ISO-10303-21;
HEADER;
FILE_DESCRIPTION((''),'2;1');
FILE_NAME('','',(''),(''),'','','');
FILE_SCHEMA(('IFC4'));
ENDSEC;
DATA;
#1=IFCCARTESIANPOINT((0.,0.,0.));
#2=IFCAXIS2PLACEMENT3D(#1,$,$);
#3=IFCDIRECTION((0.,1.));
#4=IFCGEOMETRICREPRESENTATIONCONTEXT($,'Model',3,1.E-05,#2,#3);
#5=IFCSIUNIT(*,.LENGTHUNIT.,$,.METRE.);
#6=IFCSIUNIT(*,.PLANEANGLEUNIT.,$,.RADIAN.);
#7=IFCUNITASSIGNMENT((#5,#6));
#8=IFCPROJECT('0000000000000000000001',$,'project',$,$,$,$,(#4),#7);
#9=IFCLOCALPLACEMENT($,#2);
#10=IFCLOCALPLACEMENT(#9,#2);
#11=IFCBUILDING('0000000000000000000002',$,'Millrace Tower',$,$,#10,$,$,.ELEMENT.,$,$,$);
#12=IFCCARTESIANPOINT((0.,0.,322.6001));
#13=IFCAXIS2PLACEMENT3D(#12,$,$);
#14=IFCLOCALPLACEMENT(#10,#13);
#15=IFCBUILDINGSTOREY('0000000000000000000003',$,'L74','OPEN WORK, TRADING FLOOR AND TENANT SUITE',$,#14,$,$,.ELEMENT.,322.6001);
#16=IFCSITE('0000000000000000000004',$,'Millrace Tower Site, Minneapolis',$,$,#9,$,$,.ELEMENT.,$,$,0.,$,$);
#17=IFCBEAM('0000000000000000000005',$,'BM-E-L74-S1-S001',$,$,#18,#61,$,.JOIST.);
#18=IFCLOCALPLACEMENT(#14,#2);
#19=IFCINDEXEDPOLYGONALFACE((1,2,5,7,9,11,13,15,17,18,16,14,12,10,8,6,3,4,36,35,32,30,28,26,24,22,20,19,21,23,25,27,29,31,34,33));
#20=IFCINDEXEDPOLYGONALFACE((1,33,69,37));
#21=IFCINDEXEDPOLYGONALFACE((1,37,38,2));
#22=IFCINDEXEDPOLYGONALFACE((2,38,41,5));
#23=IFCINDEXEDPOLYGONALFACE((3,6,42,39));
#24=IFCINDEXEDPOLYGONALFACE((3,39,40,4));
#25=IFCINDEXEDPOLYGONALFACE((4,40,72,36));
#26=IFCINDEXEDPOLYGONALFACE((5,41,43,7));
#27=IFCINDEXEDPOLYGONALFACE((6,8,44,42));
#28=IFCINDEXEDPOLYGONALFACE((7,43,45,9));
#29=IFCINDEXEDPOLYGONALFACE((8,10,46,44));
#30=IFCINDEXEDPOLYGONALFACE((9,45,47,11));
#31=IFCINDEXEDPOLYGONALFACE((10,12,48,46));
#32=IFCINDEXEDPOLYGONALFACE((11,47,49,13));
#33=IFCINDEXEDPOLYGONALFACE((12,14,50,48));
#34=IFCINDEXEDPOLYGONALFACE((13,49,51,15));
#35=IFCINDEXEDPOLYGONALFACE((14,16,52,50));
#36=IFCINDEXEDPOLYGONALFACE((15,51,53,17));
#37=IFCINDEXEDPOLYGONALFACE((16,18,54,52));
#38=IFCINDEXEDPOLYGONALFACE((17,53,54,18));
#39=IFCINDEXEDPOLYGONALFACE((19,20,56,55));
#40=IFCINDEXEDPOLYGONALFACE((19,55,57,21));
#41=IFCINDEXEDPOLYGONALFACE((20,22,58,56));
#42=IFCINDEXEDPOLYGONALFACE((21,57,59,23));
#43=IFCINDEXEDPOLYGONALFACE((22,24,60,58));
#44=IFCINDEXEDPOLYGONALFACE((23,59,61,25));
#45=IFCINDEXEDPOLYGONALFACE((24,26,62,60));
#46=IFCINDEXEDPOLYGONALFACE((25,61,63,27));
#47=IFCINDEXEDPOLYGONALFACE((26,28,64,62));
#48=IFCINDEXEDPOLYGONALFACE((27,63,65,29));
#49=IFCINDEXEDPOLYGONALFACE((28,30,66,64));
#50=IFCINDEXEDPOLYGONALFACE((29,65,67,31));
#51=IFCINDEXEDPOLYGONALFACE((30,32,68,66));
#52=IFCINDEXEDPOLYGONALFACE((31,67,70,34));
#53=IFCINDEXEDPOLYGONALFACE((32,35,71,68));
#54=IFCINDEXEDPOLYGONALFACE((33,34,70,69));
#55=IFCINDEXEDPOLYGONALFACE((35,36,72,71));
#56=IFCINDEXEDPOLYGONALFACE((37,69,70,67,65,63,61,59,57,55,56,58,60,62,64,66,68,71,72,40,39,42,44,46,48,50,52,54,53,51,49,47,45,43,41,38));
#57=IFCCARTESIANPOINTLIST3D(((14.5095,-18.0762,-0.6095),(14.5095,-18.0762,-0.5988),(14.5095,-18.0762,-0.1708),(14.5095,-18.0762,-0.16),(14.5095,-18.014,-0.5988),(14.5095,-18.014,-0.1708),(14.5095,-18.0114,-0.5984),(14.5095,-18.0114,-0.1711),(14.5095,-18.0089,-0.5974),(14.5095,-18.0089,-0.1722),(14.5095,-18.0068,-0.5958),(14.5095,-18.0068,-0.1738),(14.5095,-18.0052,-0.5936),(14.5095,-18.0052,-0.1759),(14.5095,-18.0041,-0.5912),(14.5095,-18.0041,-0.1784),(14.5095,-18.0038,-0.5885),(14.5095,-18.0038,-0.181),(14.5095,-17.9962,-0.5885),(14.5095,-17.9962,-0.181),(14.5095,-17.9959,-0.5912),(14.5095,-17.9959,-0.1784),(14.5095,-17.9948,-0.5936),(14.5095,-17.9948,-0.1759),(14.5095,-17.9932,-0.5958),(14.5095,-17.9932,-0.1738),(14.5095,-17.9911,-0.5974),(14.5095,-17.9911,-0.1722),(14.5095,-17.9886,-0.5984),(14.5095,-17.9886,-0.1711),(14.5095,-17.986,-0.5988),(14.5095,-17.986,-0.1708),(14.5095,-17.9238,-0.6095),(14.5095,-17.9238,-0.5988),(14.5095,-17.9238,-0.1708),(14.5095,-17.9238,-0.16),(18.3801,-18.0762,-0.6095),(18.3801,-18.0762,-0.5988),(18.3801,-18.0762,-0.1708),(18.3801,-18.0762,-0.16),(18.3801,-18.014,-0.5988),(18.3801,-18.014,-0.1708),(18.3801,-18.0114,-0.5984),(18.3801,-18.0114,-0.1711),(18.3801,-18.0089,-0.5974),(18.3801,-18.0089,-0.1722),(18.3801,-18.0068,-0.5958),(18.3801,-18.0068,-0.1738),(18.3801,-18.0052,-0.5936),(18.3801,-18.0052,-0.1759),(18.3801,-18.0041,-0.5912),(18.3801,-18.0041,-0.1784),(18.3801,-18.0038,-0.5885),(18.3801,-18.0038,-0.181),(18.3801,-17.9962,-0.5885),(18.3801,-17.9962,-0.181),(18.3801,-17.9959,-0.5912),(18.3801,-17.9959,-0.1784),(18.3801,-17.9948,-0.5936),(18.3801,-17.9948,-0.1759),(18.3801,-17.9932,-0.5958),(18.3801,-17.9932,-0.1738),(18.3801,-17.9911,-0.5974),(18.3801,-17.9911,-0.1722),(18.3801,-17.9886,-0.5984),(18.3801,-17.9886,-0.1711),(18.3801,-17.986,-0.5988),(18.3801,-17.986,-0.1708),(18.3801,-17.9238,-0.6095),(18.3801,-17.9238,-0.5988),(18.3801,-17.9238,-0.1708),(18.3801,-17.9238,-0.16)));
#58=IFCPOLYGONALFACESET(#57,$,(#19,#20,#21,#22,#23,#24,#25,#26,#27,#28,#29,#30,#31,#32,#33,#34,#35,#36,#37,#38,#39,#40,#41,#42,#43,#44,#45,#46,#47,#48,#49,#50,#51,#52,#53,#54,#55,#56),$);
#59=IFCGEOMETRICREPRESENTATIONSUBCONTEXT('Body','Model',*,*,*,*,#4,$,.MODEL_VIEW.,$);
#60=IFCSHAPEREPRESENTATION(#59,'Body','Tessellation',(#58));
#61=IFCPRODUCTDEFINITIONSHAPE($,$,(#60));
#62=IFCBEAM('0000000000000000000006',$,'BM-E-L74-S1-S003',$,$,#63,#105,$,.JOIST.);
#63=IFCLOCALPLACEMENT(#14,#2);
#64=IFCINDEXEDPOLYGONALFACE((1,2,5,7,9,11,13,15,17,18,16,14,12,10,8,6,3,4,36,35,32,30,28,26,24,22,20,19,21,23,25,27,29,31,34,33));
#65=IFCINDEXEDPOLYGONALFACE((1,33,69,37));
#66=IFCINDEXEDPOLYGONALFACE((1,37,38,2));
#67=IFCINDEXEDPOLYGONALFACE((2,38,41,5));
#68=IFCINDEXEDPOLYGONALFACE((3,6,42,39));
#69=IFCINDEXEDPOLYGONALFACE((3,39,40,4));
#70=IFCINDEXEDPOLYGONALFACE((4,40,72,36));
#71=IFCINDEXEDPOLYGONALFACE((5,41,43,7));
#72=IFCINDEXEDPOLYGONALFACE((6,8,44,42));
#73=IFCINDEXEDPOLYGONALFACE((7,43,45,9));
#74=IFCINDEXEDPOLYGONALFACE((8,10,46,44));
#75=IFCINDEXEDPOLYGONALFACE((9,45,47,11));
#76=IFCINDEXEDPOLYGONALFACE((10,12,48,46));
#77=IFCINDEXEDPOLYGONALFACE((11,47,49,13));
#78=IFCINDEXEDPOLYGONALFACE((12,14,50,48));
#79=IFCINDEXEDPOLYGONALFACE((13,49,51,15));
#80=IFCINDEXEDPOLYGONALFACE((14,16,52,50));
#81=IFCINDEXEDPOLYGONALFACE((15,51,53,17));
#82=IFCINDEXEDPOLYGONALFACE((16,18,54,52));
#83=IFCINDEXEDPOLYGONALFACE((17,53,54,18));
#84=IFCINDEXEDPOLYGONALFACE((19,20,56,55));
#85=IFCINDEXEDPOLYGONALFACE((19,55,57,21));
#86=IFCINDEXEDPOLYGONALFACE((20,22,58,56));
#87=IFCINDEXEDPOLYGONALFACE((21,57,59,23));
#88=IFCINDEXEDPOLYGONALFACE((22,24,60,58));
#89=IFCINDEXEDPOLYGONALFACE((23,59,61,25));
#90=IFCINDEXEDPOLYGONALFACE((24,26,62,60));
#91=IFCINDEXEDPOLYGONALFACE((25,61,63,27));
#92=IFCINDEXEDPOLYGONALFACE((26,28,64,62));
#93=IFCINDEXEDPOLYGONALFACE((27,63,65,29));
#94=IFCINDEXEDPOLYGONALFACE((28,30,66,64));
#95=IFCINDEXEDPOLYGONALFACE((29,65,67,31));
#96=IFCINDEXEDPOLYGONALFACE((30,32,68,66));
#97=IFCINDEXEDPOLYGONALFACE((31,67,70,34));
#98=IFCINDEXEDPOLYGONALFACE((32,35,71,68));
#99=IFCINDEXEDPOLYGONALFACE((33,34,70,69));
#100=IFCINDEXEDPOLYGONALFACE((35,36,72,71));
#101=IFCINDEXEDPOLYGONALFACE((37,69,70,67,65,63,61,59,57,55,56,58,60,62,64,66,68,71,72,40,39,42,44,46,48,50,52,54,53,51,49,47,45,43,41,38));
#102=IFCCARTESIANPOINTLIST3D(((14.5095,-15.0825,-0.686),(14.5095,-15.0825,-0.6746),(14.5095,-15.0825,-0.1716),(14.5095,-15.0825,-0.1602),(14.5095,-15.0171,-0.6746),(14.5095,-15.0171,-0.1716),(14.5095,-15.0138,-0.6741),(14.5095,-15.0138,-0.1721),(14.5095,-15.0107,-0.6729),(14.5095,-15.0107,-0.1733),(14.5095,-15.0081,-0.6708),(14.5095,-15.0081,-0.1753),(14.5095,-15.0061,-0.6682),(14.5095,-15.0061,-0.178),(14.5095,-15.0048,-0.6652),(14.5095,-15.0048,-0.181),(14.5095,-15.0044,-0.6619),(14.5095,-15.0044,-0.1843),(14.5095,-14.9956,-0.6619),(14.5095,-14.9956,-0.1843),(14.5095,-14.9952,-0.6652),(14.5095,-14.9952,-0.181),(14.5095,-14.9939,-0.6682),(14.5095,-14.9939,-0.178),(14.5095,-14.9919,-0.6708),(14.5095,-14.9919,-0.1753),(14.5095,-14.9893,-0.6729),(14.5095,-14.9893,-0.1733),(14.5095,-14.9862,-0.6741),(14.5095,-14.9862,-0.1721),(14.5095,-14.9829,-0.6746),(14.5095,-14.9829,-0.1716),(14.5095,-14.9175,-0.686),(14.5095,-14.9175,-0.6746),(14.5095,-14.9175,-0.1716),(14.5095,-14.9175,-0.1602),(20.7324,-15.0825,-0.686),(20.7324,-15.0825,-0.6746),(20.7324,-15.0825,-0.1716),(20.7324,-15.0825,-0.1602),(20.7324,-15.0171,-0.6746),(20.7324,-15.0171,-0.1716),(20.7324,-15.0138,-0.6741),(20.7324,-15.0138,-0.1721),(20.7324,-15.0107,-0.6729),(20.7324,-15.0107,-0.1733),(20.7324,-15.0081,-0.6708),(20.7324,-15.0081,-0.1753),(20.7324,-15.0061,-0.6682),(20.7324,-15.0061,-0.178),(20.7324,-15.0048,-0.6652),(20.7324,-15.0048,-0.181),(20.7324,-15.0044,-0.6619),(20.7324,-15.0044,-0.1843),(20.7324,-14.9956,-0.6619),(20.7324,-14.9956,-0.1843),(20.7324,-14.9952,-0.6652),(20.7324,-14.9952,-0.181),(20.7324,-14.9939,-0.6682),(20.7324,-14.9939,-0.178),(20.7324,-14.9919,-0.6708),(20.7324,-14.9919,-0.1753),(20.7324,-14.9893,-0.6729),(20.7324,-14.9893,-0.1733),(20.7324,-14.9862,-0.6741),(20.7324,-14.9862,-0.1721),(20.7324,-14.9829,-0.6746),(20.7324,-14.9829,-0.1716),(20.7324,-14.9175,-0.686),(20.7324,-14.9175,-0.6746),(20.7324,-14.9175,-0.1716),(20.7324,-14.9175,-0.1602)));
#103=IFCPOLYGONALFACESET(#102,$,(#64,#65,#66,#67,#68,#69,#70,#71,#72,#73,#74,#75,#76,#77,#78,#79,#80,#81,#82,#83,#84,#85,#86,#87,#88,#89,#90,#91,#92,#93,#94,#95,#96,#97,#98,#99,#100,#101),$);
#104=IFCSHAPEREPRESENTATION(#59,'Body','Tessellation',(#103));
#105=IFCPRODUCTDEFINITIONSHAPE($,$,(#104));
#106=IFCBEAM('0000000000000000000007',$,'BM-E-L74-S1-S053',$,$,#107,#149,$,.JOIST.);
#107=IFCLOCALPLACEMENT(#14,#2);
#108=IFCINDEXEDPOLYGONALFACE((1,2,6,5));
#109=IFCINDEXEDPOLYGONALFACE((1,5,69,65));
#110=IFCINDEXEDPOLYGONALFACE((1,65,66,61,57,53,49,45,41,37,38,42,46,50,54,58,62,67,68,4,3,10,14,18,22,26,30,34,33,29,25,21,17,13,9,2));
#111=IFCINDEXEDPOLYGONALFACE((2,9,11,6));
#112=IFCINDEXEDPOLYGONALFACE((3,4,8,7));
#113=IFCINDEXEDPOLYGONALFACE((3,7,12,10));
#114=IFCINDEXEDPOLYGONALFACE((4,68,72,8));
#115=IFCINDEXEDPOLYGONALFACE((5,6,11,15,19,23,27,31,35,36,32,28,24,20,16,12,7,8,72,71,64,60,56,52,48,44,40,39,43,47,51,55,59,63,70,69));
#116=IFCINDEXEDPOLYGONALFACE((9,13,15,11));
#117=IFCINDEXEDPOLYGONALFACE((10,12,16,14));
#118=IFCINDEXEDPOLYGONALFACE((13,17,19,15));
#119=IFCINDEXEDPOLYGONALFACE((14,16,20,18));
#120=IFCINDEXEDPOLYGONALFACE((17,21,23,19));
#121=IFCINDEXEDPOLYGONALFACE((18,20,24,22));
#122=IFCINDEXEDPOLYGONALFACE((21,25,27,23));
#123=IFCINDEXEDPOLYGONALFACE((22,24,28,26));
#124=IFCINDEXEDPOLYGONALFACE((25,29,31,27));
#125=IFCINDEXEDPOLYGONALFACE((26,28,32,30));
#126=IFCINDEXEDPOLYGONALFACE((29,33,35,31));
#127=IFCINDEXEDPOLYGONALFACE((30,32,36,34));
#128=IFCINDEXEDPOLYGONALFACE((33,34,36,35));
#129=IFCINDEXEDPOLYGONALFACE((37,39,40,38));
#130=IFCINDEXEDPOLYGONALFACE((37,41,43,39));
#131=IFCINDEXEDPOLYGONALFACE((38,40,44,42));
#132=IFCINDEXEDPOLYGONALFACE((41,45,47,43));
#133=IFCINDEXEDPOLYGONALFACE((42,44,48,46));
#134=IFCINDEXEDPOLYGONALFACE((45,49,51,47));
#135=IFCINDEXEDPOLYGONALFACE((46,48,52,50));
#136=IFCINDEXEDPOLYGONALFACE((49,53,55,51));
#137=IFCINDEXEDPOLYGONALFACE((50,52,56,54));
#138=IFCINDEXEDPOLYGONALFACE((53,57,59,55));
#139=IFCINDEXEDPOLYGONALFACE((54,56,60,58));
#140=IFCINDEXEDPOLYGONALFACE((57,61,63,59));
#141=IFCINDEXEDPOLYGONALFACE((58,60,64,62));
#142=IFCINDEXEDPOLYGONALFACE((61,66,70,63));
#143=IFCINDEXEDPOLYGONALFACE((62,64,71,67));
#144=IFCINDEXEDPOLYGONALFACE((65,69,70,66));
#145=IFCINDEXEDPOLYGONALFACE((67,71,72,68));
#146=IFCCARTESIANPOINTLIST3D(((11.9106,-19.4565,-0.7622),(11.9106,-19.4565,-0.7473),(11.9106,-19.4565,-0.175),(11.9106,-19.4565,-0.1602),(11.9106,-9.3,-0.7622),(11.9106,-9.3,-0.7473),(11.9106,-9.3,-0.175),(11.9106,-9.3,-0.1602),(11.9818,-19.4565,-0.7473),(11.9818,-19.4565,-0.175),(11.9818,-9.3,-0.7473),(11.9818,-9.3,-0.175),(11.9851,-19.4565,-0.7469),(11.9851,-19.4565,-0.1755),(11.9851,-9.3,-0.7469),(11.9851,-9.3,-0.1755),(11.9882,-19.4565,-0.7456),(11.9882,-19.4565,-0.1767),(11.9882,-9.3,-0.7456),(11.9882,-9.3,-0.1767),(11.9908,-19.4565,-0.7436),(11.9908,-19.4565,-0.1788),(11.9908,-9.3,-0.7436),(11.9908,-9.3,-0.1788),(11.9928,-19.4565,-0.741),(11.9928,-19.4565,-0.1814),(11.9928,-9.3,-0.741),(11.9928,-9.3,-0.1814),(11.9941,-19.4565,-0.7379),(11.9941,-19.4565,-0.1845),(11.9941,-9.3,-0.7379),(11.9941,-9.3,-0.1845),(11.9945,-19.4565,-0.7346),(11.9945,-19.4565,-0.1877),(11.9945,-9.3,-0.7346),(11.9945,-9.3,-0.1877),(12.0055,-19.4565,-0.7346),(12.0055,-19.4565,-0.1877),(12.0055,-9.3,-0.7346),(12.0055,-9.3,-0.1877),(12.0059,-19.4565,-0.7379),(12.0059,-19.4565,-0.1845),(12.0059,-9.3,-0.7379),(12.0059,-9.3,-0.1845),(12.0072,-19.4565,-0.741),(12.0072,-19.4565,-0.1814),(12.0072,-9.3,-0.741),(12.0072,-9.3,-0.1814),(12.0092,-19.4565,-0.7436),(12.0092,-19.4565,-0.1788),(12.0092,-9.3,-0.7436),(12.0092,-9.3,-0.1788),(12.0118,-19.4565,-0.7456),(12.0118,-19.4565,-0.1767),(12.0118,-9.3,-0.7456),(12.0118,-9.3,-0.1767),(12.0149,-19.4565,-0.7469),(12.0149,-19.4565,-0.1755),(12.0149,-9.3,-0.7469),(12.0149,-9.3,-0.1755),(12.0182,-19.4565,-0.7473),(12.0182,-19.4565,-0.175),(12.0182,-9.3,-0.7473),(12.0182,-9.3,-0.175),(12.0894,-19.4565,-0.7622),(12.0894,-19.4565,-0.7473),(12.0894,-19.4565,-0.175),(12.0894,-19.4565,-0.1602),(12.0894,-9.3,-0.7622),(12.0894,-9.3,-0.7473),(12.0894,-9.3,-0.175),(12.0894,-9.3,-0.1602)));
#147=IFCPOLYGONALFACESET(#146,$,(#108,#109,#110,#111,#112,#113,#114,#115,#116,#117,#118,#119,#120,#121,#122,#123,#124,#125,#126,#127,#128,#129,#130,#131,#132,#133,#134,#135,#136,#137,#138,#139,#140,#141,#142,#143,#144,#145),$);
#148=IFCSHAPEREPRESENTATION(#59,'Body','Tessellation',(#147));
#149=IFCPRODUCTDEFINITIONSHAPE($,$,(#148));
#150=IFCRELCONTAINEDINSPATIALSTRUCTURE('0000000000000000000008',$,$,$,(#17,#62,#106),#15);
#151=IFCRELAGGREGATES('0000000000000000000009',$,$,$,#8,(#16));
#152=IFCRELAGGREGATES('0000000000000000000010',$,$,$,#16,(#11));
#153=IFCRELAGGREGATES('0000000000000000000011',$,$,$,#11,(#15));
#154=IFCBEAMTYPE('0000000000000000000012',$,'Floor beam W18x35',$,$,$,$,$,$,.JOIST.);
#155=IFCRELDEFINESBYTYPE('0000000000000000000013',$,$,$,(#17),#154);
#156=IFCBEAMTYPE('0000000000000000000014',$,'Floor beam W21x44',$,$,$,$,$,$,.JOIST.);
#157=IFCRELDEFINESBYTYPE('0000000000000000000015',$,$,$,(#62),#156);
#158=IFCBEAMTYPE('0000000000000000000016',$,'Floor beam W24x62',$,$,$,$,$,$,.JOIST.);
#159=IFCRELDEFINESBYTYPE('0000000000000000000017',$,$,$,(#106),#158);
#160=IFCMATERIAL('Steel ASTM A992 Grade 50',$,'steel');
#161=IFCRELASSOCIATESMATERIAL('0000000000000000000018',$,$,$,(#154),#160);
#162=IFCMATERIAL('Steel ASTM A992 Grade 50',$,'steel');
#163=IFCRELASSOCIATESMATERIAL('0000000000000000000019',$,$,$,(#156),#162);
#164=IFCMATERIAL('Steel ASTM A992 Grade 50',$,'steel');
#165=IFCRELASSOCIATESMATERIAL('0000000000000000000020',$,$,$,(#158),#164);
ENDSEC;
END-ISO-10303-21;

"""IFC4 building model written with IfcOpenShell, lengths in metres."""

from ifc_helpers import new_model, si_unit, direction, frame, origin, origin_2d, place, context, subcontext, project, spatial, i_section, extrude, material, material_profile, profile_set, type_object, element, save


model = new_model("IFC4")

# Units and contexts
model_context = context("Model", 3, precision=1e-05, world=origin(), true_north=direction((0.0, 1.0)))
body_context = subcontext(model_context, "Body", "Model", "MODEL_VIEW")
ifc_project = project(units=[si_unit("LENGTHUNIT", "METRE"), si_unit("PLANEANGLEUNIT", "RADIAN")], contexts=[model_context])

# Site, building, storey
site_placement = place(None, origin())
site = spatial("IfcSite", under=ifc_project, at=site_placement, Name="Millrace Tower Site, Minneapolis", CompositionType="ELEMENT", RefElevation=0.0)
building_placement = place(site_placement, origin())
building = spatial("IfcBuilding", under=site, at=building_placement, Name="Millrace Tower", CompositionType="ELEMENT")
storey_placement = place(building_placement, frame((0.0, 0.0, 322.6001)))
storey = spatial("IfcBuildingStorey", under=building, at=storey_placement, Name="L74", Description="OPEN WORK, TRADING FLOOR AND TENANT SUITE", CompositionType="ELEMENT", Elevation=322.6001)

# Beams
ifc_material_1 = material(Name="Steel ASTM A992 Grade 50", Category="steel")
ifc_material_profile_1 = material_profile(ifc_material_1, i_section(OverallWidth=0.1523, OverallDepth=0.4495, WebThickness=0.0076, FlangeThickness=0.0107, FilletRadius=0.0103, at=origin_2d()))
ifc_profile_set_1 = profile_set([ifc_material_profile_1], Name="Steel ASTM A992 Grade 50")
beam_type_1 = type_object("IfcBeamType", Name="Floor beam W18x35", PredefinedType="JOIST", material=ifc_profile_set_1)
beam_1_placement = place(storey_placement, frame((14.5095, -18.0, -0.3848), z_axis=(1.0, 0.0, 0.0), x_axis=(0.0, 1.0, 0.0)))
element("IfcBeam", 1, at=beam_1_placement, inside=storey, type_object=beam_type_1, Name="BM-E-L74-S1-S001", PredefinedType="JOIST", context=body_context, shape_type="SweptSolid", body=[
    extrude(i_section(OverallWidth=0.1523, OverallDepth=0.4495, WebThickness=0.0076, FlangeThickness=0.0107, FilletRadius=0.0103, at=origin_2d()), origin(), (0.0, 0.0, 1.0), 3.8706),
])
ifc_material_2 = material(Name="Steel ASTM A992 Grade 50", Category="steel")
ifc_material_profile_2 = material_profile(ifc_material_2, i_section(OverallWidth=0.165, OverallDepth=0.5259, WebThickness=0.0088, FlangeThickness=0.0115, FilletRadius=0.0127, at=origin_2d()))
ifc_profile_set_2 = profile_set([ifc_material_profile_2], Name="Steel ASTM A992 Grade 50")
beam_type_2 = type_object("IfcBeamType", Name="Floor beam W21x44", PredefinedType="JOIST", material=ifc_profile_set_2)
beam_2_placement = place(storey_placement, frame((14.5095, -15.0, -0.4231), z_axis=(1.0, 0.0, 0.0), x_axis=(0.0, 1.0, 0.0)))
element("IfcBeam", 2, at=beam_2_placement, inside=storey, type_object=beam_type_2, Name="BM-E-L74-S1-S003", PredefinedType="JOIST", context=body_context, shape_type="SweptSolid", body=[
    extrude(i_section(OverallWidth=0.165, OverallDepth=0.5259, WebThickness=0.0088, FlangeThickness=0.0115, FilletRadius=0.0127, at=origin_2d()), origin(), (0.0, 0.0, 1.0), 6.2229),
])
ifc_material_3 = material(Name="Steel ASTM A992 Grade 50", Category="steel")
ifc_material_profile_3 = material_profile(ifc_material_3, i_section(OverallWidth=0.1787, OverallDepth=0.6021, WebThickness=0.011, FlangeThickness=0.0149, FilletRadius=0.0127, at=origin_2d()))
ifc_profile_set_3 = profile_set([ifc_material_profile_3], Name="Steel ASTM A992 Grade 50")
beam_type_3 = type_object("IfcBeamType", Name="Floor beam W24x62", PredefinedType="JOIST", material=ifc_profile_set_3)
beam_3_placement = place(storey_placement, frame((12.0, -19.4565, -0.4612), z_axis=(0.0, 1.0, 0.0), x_axis=(-1.0, 0.0, 0.0)))
element("IfcBeam", 3, at=beam_3_placement, inside=storey, type_object=beam_type_3, Name="BM-E-L74-S1-S053", PredefinedType="JOIST", context=body_context, shape_type="SweptSolid", body=[
    extrude(i_section(OverallWidth=0.1787, OverallDepth=0.6021, WebThickness=0.011, FlangeThickness=0.0149, FilletRadius=0.0127, at=origin_2d()), origin(), (0.0, 0.0, 1.0), 10.1565),
])

save(model, "model.ifc")
